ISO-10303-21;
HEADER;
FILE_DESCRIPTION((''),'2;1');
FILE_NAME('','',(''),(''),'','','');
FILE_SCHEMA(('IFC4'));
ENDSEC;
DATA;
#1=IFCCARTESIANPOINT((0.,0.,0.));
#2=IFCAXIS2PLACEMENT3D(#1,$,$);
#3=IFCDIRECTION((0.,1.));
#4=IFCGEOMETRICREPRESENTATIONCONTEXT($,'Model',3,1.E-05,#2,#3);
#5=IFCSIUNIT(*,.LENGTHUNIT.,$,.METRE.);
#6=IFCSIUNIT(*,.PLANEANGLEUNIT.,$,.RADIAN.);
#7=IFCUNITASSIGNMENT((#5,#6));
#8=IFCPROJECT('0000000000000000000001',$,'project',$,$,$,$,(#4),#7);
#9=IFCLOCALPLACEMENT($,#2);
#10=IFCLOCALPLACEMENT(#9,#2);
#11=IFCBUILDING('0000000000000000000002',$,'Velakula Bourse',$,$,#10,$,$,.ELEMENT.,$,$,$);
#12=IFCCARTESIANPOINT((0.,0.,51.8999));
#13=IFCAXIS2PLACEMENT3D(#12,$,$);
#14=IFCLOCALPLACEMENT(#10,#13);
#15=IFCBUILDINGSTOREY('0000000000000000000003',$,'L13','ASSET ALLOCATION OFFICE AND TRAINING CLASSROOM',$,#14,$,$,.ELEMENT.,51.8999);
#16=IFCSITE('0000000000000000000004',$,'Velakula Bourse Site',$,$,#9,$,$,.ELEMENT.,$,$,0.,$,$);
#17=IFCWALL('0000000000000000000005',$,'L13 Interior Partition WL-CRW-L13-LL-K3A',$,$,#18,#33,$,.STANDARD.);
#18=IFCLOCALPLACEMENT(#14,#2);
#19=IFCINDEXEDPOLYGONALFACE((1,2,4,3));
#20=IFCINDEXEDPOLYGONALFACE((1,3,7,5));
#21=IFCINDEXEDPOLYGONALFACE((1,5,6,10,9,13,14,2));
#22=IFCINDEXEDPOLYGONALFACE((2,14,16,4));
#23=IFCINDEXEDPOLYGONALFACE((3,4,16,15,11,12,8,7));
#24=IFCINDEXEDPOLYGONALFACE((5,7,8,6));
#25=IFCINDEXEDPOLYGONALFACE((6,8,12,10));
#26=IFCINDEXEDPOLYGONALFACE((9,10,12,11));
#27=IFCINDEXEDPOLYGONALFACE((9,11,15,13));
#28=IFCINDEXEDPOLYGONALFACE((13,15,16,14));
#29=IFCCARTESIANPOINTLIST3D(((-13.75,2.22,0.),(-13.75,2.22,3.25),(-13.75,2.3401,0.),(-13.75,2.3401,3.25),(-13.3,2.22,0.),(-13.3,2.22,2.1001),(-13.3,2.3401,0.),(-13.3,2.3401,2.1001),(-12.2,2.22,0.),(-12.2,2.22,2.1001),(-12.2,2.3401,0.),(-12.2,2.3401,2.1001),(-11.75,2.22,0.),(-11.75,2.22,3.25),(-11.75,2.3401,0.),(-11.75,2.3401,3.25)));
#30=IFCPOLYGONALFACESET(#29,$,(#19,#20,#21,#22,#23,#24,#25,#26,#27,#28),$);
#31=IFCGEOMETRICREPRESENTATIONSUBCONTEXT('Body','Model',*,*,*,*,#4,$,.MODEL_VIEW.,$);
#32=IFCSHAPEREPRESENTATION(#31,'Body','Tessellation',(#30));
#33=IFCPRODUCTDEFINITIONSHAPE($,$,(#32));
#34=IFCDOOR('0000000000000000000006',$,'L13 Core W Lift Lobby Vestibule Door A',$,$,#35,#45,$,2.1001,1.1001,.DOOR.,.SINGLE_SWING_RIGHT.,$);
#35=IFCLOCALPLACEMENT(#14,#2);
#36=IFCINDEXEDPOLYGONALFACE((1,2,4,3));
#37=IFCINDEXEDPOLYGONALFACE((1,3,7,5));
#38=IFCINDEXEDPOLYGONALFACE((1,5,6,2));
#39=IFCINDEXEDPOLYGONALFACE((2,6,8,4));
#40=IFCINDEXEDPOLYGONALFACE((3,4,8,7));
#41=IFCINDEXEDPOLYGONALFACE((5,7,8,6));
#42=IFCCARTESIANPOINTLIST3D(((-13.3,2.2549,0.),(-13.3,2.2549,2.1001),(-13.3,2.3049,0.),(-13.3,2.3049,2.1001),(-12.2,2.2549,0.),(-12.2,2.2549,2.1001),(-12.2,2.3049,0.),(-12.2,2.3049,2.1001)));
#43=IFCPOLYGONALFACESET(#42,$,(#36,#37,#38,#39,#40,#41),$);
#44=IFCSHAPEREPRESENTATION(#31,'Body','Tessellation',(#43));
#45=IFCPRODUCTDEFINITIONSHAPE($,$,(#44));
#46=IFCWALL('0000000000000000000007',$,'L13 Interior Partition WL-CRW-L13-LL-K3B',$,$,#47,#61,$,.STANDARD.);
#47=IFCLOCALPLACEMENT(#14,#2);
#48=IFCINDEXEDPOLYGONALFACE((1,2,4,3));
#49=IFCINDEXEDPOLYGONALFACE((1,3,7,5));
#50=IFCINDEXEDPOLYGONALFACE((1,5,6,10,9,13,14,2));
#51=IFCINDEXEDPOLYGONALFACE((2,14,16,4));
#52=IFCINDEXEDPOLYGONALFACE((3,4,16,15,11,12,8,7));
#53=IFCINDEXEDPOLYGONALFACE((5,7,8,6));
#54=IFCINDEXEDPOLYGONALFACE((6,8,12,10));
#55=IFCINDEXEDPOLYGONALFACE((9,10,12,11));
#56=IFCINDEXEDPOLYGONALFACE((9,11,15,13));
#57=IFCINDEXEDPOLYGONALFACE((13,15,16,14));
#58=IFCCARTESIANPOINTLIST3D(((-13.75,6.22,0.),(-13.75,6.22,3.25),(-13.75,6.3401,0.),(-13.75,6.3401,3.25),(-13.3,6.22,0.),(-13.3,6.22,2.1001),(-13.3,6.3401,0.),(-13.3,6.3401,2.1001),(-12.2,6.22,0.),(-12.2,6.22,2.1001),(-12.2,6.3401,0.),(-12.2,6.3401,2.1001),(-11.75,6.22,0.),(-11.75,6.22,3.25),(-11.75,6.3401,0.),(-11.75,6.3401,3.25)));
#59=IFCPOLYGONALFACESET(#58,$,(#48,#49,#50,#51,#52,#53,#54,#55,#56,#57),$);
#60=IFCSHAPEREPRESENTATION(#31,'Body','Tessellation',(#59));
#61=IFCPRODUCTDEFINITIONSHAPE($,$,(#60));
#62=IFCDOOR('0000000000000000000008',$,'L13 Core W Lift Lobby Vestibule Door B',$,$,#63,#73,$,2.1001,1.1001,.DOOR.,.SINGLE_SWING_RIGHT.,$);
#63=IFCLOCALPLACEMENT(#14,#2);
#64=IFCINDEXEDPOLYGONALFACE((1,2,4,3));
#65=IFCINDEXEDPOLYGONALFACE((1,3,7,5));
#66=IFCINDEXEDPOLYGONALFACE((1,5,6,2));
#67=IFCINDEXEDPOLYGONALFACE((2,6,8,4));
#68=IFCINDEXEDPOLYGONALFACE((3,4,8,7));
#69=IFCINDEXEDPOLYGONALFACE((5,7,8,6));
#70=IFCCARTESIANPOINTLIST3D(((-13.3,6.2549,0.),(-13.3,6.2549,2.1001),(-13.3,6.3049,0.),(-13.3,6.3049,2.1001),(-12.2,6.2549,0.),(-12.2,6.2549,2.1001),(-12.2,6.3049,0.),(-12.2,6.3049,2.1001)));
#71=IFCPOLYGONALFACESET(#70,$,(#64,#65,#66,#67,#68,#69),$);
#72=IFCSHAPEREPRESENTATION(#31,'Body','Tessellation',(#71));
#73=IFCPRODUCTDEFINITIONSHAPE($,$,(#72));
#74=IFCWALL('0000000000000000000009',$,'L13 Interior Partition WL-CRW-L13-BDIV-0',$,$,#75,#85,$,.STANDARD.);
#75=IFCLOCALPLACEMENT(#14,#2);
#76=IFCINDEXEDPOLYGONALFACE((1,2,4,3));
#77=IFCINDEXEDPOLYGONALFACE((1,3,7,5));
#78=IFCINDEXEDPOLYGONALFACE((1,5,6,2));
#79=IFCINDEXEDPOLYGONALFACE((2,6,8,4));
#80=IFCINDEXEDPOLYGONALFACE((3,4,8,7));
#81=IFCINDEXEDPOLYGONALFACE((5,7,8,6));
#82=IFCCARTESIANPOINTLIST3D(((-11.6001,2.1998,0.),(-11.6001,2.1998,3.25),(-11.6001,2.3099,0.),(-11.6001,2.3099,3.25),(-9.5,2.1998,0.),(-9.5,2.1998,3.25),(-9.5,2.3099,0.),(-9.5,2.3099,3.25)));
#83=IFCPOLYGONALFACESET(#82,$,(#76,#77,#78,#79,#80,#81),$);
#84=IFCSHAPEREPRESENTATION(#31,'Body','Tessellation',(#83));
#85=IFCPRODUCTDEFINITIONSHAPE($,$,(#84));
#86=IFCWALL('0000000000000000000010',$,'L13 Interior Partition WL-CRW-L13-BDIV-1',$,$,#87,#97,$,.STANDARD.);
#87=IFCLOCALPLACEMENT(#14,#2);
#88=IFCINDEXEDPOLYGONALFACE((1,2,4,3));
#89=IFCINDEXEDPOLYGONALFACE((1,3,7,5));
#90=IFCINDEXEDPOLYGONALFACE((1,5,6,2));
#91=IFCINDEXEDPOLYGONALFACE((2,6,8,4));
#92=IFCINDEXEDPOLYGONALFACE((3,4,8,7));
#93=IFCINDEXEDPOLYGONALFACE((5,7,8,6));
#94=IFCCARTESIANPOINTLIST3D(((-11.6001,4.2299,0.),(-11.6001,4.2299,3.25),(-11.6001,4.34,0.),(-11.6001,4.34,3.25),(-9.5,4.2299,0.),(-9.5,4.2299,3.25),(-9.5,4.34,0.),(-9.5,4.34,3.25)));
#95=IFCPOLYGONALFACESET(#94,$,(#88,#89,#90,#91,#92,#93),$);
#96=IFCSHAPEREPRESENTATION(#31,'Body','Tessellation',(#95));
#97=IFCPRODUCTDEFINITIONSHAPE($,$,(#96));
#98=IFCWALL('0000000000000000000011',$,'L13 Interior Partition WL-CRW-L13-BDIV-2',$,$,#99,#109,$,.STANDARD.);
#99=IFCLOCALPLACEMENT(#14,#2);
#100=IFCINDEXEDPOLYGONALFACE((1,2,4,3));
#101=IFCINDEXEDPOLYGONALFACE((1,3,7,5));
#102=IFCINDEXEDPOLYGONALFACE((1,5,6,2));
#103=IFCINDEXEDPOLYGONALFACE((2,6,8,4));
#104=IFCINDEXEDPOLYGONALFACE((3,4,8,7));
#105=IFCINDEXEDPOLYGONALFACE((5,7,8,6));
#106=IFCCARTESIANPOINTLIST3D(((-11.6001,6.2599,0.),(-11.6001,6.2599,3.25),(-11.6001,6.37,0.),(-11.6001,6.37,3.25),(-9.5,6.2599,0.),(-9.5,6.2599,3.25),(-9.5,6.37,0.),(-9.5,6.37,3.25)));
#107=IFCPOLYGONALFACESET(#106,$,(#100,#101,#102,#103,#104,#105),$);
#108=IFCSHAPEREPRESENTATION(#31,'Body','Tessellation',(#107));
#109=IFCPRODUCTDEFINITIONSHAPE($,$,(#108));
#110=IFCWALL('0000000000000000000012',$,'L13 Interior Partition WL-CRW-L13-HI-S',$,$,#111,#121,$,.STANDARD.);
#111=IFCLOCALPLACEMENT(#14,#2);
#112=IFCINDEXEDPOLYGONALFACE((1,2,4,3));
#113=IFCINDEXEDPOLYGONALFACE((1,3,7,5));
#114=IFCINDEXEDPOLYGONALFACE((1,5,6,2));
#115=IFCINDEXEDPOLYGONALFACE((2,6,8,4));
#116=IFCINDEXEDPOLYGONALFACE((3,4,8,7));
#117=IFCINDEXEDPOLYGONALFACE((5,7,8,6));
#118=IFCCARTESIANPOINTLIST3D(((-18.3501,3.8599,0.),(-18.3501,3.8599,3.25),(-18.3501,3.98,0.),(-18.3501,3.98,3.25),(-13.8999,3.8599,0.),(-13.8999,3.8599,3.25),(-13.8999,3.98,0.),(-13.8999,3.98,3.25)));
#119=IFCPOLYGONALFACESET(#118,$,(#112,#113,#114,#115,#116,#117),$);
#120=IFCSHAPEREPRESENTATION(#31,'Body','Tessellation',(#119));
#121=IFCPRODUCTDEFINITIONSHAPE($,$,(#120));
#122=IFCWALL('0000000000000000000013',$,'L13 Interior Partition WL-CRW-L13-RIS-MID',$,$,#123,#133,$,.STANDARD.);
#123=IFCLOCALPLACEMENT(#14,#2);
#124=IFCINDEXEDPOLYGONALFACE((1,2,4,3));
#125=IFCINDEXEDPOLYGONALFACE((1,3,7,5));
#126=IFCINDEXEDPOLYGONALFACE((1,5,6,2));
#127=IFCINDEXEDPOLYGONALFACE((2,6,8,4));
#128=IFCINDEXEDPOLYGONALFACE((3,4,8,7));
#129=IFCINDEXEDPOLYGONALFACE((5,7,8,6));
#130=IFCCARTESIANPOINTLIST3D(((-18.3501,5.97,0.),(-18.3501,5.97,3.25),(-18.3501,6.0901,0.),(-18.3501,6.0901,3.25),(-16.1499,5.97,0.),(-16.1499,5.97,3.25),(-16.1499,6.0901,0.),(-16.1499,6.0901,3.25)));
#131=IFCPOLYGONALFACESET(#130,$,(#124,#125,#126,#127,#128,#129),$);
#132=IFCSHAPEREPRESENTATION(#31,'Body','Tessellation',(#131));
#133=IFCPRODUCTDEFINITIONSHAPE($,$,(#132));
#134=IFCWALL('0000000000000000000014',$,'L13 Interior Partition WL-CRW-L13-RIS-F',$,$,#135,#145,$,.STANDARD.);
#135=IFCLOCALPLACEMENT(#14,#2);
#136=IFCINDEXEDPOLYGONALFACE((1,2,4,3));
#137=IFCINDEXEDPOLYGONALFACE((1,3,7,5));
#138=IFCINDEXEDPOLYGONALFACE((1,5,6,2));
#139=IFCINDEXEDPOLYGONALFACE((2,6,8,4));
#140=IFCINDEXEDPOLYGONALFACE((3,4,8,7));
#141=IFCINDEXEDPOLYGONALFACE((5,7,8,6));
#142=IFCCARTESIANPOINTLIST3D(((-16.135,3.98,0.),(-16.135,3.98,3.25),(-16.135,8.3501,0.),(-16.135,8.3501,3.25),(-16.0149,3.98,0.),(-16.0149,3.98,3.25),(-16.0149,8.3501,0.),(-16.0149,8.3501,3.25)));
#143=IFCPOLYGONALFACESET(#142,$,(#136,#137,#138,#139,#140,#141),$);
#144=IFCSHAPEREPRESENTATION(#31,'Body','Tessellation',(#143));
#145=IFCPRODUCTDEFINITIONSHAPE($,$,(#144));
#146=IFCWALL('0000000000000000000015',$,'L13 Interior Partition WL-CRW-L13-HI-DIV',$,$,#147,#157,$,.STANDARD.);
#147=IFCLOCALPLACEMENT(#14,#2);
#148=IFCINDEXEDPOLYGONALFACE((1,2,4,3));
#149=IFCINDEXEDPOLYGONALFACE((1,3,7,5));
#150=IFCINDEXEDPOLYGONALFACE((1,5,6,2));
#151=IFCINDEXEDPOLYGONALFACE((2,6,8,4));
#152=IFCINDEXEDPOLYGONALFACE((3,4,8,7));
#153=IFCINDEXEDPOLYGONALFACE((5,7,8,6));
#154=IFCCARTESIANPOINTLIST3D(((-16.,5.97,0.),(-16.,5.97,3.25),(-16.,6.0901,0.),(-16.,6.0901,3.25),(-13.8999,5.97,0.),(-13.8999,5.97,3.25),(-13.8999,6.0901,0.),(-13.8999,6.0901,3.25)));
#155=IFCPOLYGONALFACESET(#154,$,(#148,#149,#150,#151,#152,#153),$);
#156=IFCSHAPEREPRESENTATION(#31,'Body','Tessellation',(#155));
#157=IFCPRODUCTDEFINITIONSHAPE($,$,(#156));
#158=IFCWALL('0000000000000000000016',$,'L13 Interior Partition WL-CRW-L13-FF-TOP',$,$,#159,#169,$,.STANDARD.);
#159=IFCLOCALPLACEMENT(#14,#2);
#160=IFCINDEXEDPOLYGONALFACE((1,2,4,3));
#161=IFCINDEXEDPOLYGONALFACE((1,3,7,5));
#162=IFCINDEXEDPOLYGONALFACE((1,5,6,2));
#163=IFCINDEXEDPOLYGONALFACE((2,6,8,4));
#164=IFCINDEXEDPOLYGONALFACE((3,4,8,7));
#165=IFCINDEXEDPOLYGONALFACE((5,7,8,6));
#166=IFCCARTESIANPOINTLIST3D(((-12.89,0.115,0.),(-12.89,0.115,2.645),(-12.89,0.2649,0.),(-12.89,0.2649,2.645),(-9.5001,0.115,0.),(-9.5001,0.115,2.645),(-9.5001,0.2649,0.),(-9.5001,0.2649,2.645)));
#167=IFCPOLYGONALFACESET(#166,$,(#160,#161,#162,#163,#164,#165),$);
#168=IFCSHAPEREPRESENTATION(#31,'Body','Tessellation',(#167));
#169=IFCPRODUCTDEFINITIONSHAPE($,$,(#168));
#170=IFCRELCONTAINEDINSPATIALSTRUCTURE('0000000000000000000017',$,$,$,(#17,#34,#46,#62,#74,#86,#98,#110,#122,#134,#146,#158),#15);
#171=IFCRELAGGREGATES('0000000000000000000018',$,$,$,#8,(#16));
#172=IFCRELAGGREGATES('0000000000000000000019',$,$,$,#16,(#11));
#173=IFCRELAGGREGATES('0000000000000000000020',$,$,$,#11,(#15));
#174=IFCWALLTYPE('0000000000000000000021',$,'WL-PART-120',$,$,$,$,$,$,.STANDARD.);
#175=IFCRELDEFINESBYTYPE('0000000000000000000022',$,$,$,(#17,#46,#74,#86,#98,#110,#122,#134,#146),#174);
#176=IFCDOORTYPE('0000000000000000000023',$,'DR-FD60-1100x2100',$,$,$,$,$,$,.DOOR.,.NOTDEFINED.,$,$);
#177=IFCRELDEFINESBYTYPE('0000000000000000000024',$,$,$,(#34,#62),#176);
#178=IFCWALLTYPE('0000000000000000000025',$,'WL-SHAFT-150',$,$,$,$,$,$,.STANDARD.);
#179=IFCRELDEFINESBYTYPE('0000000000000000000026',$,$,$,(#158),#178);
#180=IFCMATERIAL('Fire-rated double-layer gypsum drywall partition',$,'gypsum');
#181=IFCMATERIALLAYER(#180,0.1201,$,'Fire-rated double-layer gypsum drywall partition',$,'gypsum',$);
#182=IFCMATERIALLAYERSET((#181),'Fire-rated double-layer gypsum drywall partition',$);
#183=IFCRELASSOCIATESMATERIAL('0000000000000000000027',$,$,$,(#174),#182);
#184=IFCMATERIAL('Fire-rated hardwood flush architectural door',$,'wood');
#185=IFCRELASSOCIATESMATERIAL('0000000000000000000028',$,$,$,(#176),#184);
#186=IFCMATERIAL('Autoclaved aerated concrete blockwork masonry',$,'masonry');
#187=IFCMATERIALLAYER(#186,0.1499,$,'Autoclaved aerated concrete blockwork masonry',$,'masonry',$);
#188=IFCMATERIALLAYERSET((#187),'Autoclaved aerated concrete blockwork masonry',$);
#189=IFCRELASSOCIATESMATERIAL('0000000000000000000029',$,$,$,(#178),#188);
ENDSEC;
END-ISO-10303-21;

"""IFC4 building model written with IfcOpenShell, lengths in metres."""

from ifc_helpers import new_model, si_unit, direction, frame, frame_2d, origin, place, context, subcontext, project, spatial, rectangle, extrude, material, layer, layer_set, type_object, element, fill, save


model = new_model("IFC4")

# Units and contexts
model_context = context("Model", 3, precision=1e-05, world=origin(), true_north=direction((0.0, 1.0)))
body_context = subcontext(model_context, "Body", "Model", "MODEL_VIEW")
ifc_project = project(units=[si_unit("LENGTHUNIT", "METRE"), si_unit("PLANEANGLEUNIT", "RADIAN")], contexts=[model_context])

# Site, building, storey
site_placement = place(None, origin())
site = spatial("IfcSite", under=ifc_project, at=site_placement, Name="Velakula Bourse Site", CompositionType="ELEMENT", RefElevation=0.0)
building_placement = place(site_placement, origin())
building = spatial("IfcBuilding", under=site, at=building_placement, Name="Velakula Bourse", CompositionType="ELEMENT")
storey_placement = place(building_placement, frame((0.0, 0.0, 51.8999)))
storey = spatial("IfcBuildingStorey", under=building, at=storey_placement, Name="L13", Description="ASSET ALLOCATION OFFICE AND TRAINING CLASSROOM", CompositionType="ELEMENT", Elevation=51.8999)

# Walls, openings, doors
ifc_material_1 = material(Name="Fire-rated double-layer gypsum drywall partition", Category="gypsum")
ifc_layer_1 = layer(ifc_material_1, 0.1201, Name="Fire-rated double-layer gypsum drywall partition", Category="gypsum")
ifc_layer_set_1 = layer_set([ifc_layer_1], Name="Fire-rated double-layer gypsum drywall partition")
wall_type_1 = type_object("IfcWallType", Name="WL-PART-120", PredefinedType="STANDARD", material=ifc_layer_set_1)
wall_1_placement = place(storey_placement, frame((-13.75, 2.28, 0.0), z_axis=(0.0, 0.0, 1.0), x_axis=(1.0, 0.0, 0.0)))
wall_1 = element("IfcWall", 1, at=wall_1_placement, inside=storey, type_object=wall_type_1, Name="L13 Interior Partition WL-CRW-L13-LL-K3A", PredefinedType="STANDARD", context=body_context, shape_type="SweptSolid", body=[
    extrude(rectangle(XDim=2.0, YDim=0.1201, at=frame_2d((1.0, 0.0))), origin(), (0.0, 0.0, 1.0), 3.25),
])
opening_1_placement = place(wall_1_placement, frame((0.45, 0.0, 0.0)))
opening_1 = element("IfcOpeningElement", 2, at=opening_1_placement, cuts=wall_1, PredefinedType="OPENING", context=body_context, shape_type="SweptSolid", body=[
    extrude(rectangle(XDim=1.1001, YDim=2.1001, at=frame_2d((0.55, 1.05))), frame((0.0, 0.0701, 0.0), z_axis=(0.0, -1.0, 0.0), x_axis=(1.0, 0.0, 0.0)), (0.0, 0.0, 1.0), 0.1401),
])
ifc_material_2 = material(Name="Fire-rated hardwood flush architectural door", Category="wood")
door_type_1 = type_object("IfcDoorType", Name="DR-FD60-1100x2100", OperationType="NOTDEFINED", PredefinedType="DOOR", material=ifc_material_2)
door_1_placement = place(opening_1_placement, origin())
door_1 = element("IfcDoor", 3, at=door_1_placement, inside=storey, type_object=door_type_1, Name="L13 Core W Lift Lobby Vestibule Door A", OperationType="SINGLE_SWING_RIGHT", OverallHeight=2.1001, OverallWidth=1.1001, PredefinedType="DOOR", context=body_context, shape_type="SweptSolid", body=[
    extrude(rectangle(XDim=1.1001, YDim=2.1001, at=frame_2d((0.55, 1.05))), frame((0.0, 0.0249, 0.0), z_axis=(0.0, -1.0, 0.0), x_axis=(1.0, 0.0, 0.0)), (0.0, 0.0, 1.0), 0.05),
])
fill(opening_1, door_1)
wall_2_placement = place(storey_placement, frame((-13.75, 6.28, 0.0), z_axis=(0.0, 0.0, 1.0), x_axis=(1.0, 0.0, 0.0)))
wall_2 = element("IfcWall", 4, at=wall_2_placement, inside=storey, type_object=wall_type_1, Name="L13 Interior Partition WL-CRW-L13-LL-K3B", PredefinedType="STANDARD", context=body_context, shape_type="SweptSolid", body=[
    extrude(rectangle(XDim=2.0, YDim=0.1201, at=frame_2d((1.0, 0.0))), origin(), (0.0, 0.0, 1.0), 3.25),
])
opening_2_placement = place(wall_2_placement, frame((0.45, 0.0, 0.0)))
opening_2 = element("IfcOpeningElement", 5, at=opening_2_placement, cuts=wall_2, PredefinedType="OPENING", context=body_context, shape_type="SweptSolid", body=[
    extrude(rectangle(XDim=1.1001, YDim=2.1001, at=frame_2d((0.55, 1.05))), frame((0.0, 0.0701, 0.0), z_axis=(0.0, -1.0, 0.0), x_axis=(1.0, 0.0, 0.0)), (0.0, 0.0, 1.0), 0.1401),
])
door_2_placement = place(opening_2_placement, origin())
door_2 = element("IfcDoor", 6, at=door_2_placement, inside=storey, type_object=door_type_1, Name="L13 Core W Lift Lobby Vestibule Door B", OperationType="SINGLE_SWING_RIGHT", OverallHeight=2.1001, OverallWidth=1.1001, PredefinedType="DOOR", context=body_context, shape_type="SweptSolid", body=[
    extrude(rectangle(XDim=1.1001, YDim=2.1001, at=frame_2d((0.55, 1.05))), frame((0.0, 0.0249, 0.0), z_axis=(0.0, -1.0, 0.0), x_axis=(1.0, 0.0, 0.0)), (0.0, 0.0, 1.0), 0.05),
])
fill(opening_2, door_2)

# Walls
for number, where, z_axis, x_axis, name in (
    (7, (-11.6001, 2.2549, 0.0), (0.0, 0.0, 1.0), (1.0, 0.0, 0.0), "L13 Interior Partition WL-CRW-L13-BDIV-0"),
    (8, (-11.6001, 4.2849, 0.0), (0.0, 0.0, 1.0), (1.0, 0.0, 0.0), "L13 Interior Partition WL-CRW-L13-BDIV-1"),
    (9, (-11.6001, 6.3149, 0.0), (0.0, 0.0, 1.0), (1.0, 0.0, 0.0), "L13 Interior Partition WL-CRW-L13-BDIV-2"),
):
    element("IfcWall", number, at=place(storey_placement, frame(where, z_axis=z_axis, x_axis=x_axis)), inside=storey, type_object=wall_type_1, Name=name, PredefinedType="STANDARD", context=body_context, shape_type="SweptSolid", body=[
        extrude(rectangle(XDim=2.1001, YDim=0.1101, at=frame_2d((1.05, 0.0))), origin(), (0.0, 0.0, 1.0), 3.25),
    ])
wall_3_placement = place(storey_placement, frame((-18.3501, 3.9199, 0.0), z_axis=(0.0, 0.0, 1.0), x_axis=(1.0, 0.0, 0.0)))
element("IfcWall", 10, at=wall_3_placement, inside=storey, type_object=wall_type_1, Name="L13 Interior Partition WL-CRW-L13-HI-S", PredefinedType="STANDARD", context=body_context, shape_type="SweptSolid", body=[
    extrude(rectangle(XDim=4.4502, YDim=0.1201, at=frame_2d((2.2251, 0.0))), origin(), (0.0, 0.0, 1.0), 3.25),
])
wall_4_placement = place(storey_placement, frame((-18.3501, 6.03, 0.0), z_axis=(0.0, 0.0, 1.0), x_axis=(1.0, 0.0, 0.0)))
element("IfcWall", 11, at=wall_4_placement, inside=storey, type_object=wall_type_1, Name="L13 Interior Partition WL-CRW-L13-RIS-MID", PredefinedType="STANDARD", context=body_context, shape_type="SweptSolid", body=[
    extrude(rectangle(XDim=2.2002, YDim=0.1201, at=frame_2d((1.1001, 0.0))), origin(), (0.0, 0.0, 1.0), 3.25),
])
wall_5_placement = place(storey_placement, frame((-16.075, 3.98, 0.0), z_axis=(0.0, 0.0, 1.0), x_axis=(0.0, 1.0, 0.0)))
element("IfcWall", 12, at=wall_5_placement, inside=storey, type_object=wall_type_1, Name="L13 Interior Partition WL-CRW-L13-RIS-F", PredefinedType="STANDARD", context=body_context, shape_type="SweptSolid", body=[
    extrude(rectangle(XDim=4.3701, YDim=0.1201, at=frame_2d((2.1851, 0.0))), origin(), (0.0, 0.0, 1.0), 3.25),
])
wall_6_placement = place(storey_placement, frame((-16.0, 6.03, 0.0), z_axis=(0.0, 0.0, 1.0), x_axis=(1.0, 0.0, 0.0)))
element("IfcWall", 13, at=wall_6_placement, inside=storey, type_object=wall_type_1, Name="L13 Interior Partition WL-CRW-L13-HI-DIV", PredefinedType="STANDARD", context=body_context, shape_type="SweptSolid", body=[
    extrude(rectangle(XDim=2.1001, YDim=0.1201, at=frame_2d((1.05, 0.0))), origin(), (0.0, 0.0, 1.0), 3.25),
])
ifc_material_3 = material(Name="Autoclaved aerated concrete blockwork masonry", Category="masonry")
ifc_layer_2 = layer(ifc_material_3, 0.1499, Name="Autoclaved aerated concrete blockwork masonry", Category="masonry")
ifc_layer_set_2 = layer_set([ifc_layer_2], Name="Autoclaved aerated concrete blockwork masonry")
wall_type_2 = type_object("IfcWallType", Name="WL-SHAFT-150", PredefinedType="STANDARD", material=ifc_layer_set_2)
wall_7_placement = place(storey_placement, frame((-12.8899, 0.1899, 0.0), z_axis=(0.0, 0.0, 1.0), x_axis=(1.0, 0.0, 0.0)))
element("IfcWall", 14, at=wall_7_placement, inside=storey, type_object=wall_type_2, Name="L13 Interior Partition WL-CRW-L13-FF-TOP", PredefinedType="STANDARD", context=body_context, shape_type="SweptSolid", body=[
    extrude(rectangle(XDim=3.3899, YDim=0.1499, at=frame_2d((1.6948, 0.0))), origin(), (0.0, 0.0, 1.0), 2.645),
])

save(model, "model.ifc")
